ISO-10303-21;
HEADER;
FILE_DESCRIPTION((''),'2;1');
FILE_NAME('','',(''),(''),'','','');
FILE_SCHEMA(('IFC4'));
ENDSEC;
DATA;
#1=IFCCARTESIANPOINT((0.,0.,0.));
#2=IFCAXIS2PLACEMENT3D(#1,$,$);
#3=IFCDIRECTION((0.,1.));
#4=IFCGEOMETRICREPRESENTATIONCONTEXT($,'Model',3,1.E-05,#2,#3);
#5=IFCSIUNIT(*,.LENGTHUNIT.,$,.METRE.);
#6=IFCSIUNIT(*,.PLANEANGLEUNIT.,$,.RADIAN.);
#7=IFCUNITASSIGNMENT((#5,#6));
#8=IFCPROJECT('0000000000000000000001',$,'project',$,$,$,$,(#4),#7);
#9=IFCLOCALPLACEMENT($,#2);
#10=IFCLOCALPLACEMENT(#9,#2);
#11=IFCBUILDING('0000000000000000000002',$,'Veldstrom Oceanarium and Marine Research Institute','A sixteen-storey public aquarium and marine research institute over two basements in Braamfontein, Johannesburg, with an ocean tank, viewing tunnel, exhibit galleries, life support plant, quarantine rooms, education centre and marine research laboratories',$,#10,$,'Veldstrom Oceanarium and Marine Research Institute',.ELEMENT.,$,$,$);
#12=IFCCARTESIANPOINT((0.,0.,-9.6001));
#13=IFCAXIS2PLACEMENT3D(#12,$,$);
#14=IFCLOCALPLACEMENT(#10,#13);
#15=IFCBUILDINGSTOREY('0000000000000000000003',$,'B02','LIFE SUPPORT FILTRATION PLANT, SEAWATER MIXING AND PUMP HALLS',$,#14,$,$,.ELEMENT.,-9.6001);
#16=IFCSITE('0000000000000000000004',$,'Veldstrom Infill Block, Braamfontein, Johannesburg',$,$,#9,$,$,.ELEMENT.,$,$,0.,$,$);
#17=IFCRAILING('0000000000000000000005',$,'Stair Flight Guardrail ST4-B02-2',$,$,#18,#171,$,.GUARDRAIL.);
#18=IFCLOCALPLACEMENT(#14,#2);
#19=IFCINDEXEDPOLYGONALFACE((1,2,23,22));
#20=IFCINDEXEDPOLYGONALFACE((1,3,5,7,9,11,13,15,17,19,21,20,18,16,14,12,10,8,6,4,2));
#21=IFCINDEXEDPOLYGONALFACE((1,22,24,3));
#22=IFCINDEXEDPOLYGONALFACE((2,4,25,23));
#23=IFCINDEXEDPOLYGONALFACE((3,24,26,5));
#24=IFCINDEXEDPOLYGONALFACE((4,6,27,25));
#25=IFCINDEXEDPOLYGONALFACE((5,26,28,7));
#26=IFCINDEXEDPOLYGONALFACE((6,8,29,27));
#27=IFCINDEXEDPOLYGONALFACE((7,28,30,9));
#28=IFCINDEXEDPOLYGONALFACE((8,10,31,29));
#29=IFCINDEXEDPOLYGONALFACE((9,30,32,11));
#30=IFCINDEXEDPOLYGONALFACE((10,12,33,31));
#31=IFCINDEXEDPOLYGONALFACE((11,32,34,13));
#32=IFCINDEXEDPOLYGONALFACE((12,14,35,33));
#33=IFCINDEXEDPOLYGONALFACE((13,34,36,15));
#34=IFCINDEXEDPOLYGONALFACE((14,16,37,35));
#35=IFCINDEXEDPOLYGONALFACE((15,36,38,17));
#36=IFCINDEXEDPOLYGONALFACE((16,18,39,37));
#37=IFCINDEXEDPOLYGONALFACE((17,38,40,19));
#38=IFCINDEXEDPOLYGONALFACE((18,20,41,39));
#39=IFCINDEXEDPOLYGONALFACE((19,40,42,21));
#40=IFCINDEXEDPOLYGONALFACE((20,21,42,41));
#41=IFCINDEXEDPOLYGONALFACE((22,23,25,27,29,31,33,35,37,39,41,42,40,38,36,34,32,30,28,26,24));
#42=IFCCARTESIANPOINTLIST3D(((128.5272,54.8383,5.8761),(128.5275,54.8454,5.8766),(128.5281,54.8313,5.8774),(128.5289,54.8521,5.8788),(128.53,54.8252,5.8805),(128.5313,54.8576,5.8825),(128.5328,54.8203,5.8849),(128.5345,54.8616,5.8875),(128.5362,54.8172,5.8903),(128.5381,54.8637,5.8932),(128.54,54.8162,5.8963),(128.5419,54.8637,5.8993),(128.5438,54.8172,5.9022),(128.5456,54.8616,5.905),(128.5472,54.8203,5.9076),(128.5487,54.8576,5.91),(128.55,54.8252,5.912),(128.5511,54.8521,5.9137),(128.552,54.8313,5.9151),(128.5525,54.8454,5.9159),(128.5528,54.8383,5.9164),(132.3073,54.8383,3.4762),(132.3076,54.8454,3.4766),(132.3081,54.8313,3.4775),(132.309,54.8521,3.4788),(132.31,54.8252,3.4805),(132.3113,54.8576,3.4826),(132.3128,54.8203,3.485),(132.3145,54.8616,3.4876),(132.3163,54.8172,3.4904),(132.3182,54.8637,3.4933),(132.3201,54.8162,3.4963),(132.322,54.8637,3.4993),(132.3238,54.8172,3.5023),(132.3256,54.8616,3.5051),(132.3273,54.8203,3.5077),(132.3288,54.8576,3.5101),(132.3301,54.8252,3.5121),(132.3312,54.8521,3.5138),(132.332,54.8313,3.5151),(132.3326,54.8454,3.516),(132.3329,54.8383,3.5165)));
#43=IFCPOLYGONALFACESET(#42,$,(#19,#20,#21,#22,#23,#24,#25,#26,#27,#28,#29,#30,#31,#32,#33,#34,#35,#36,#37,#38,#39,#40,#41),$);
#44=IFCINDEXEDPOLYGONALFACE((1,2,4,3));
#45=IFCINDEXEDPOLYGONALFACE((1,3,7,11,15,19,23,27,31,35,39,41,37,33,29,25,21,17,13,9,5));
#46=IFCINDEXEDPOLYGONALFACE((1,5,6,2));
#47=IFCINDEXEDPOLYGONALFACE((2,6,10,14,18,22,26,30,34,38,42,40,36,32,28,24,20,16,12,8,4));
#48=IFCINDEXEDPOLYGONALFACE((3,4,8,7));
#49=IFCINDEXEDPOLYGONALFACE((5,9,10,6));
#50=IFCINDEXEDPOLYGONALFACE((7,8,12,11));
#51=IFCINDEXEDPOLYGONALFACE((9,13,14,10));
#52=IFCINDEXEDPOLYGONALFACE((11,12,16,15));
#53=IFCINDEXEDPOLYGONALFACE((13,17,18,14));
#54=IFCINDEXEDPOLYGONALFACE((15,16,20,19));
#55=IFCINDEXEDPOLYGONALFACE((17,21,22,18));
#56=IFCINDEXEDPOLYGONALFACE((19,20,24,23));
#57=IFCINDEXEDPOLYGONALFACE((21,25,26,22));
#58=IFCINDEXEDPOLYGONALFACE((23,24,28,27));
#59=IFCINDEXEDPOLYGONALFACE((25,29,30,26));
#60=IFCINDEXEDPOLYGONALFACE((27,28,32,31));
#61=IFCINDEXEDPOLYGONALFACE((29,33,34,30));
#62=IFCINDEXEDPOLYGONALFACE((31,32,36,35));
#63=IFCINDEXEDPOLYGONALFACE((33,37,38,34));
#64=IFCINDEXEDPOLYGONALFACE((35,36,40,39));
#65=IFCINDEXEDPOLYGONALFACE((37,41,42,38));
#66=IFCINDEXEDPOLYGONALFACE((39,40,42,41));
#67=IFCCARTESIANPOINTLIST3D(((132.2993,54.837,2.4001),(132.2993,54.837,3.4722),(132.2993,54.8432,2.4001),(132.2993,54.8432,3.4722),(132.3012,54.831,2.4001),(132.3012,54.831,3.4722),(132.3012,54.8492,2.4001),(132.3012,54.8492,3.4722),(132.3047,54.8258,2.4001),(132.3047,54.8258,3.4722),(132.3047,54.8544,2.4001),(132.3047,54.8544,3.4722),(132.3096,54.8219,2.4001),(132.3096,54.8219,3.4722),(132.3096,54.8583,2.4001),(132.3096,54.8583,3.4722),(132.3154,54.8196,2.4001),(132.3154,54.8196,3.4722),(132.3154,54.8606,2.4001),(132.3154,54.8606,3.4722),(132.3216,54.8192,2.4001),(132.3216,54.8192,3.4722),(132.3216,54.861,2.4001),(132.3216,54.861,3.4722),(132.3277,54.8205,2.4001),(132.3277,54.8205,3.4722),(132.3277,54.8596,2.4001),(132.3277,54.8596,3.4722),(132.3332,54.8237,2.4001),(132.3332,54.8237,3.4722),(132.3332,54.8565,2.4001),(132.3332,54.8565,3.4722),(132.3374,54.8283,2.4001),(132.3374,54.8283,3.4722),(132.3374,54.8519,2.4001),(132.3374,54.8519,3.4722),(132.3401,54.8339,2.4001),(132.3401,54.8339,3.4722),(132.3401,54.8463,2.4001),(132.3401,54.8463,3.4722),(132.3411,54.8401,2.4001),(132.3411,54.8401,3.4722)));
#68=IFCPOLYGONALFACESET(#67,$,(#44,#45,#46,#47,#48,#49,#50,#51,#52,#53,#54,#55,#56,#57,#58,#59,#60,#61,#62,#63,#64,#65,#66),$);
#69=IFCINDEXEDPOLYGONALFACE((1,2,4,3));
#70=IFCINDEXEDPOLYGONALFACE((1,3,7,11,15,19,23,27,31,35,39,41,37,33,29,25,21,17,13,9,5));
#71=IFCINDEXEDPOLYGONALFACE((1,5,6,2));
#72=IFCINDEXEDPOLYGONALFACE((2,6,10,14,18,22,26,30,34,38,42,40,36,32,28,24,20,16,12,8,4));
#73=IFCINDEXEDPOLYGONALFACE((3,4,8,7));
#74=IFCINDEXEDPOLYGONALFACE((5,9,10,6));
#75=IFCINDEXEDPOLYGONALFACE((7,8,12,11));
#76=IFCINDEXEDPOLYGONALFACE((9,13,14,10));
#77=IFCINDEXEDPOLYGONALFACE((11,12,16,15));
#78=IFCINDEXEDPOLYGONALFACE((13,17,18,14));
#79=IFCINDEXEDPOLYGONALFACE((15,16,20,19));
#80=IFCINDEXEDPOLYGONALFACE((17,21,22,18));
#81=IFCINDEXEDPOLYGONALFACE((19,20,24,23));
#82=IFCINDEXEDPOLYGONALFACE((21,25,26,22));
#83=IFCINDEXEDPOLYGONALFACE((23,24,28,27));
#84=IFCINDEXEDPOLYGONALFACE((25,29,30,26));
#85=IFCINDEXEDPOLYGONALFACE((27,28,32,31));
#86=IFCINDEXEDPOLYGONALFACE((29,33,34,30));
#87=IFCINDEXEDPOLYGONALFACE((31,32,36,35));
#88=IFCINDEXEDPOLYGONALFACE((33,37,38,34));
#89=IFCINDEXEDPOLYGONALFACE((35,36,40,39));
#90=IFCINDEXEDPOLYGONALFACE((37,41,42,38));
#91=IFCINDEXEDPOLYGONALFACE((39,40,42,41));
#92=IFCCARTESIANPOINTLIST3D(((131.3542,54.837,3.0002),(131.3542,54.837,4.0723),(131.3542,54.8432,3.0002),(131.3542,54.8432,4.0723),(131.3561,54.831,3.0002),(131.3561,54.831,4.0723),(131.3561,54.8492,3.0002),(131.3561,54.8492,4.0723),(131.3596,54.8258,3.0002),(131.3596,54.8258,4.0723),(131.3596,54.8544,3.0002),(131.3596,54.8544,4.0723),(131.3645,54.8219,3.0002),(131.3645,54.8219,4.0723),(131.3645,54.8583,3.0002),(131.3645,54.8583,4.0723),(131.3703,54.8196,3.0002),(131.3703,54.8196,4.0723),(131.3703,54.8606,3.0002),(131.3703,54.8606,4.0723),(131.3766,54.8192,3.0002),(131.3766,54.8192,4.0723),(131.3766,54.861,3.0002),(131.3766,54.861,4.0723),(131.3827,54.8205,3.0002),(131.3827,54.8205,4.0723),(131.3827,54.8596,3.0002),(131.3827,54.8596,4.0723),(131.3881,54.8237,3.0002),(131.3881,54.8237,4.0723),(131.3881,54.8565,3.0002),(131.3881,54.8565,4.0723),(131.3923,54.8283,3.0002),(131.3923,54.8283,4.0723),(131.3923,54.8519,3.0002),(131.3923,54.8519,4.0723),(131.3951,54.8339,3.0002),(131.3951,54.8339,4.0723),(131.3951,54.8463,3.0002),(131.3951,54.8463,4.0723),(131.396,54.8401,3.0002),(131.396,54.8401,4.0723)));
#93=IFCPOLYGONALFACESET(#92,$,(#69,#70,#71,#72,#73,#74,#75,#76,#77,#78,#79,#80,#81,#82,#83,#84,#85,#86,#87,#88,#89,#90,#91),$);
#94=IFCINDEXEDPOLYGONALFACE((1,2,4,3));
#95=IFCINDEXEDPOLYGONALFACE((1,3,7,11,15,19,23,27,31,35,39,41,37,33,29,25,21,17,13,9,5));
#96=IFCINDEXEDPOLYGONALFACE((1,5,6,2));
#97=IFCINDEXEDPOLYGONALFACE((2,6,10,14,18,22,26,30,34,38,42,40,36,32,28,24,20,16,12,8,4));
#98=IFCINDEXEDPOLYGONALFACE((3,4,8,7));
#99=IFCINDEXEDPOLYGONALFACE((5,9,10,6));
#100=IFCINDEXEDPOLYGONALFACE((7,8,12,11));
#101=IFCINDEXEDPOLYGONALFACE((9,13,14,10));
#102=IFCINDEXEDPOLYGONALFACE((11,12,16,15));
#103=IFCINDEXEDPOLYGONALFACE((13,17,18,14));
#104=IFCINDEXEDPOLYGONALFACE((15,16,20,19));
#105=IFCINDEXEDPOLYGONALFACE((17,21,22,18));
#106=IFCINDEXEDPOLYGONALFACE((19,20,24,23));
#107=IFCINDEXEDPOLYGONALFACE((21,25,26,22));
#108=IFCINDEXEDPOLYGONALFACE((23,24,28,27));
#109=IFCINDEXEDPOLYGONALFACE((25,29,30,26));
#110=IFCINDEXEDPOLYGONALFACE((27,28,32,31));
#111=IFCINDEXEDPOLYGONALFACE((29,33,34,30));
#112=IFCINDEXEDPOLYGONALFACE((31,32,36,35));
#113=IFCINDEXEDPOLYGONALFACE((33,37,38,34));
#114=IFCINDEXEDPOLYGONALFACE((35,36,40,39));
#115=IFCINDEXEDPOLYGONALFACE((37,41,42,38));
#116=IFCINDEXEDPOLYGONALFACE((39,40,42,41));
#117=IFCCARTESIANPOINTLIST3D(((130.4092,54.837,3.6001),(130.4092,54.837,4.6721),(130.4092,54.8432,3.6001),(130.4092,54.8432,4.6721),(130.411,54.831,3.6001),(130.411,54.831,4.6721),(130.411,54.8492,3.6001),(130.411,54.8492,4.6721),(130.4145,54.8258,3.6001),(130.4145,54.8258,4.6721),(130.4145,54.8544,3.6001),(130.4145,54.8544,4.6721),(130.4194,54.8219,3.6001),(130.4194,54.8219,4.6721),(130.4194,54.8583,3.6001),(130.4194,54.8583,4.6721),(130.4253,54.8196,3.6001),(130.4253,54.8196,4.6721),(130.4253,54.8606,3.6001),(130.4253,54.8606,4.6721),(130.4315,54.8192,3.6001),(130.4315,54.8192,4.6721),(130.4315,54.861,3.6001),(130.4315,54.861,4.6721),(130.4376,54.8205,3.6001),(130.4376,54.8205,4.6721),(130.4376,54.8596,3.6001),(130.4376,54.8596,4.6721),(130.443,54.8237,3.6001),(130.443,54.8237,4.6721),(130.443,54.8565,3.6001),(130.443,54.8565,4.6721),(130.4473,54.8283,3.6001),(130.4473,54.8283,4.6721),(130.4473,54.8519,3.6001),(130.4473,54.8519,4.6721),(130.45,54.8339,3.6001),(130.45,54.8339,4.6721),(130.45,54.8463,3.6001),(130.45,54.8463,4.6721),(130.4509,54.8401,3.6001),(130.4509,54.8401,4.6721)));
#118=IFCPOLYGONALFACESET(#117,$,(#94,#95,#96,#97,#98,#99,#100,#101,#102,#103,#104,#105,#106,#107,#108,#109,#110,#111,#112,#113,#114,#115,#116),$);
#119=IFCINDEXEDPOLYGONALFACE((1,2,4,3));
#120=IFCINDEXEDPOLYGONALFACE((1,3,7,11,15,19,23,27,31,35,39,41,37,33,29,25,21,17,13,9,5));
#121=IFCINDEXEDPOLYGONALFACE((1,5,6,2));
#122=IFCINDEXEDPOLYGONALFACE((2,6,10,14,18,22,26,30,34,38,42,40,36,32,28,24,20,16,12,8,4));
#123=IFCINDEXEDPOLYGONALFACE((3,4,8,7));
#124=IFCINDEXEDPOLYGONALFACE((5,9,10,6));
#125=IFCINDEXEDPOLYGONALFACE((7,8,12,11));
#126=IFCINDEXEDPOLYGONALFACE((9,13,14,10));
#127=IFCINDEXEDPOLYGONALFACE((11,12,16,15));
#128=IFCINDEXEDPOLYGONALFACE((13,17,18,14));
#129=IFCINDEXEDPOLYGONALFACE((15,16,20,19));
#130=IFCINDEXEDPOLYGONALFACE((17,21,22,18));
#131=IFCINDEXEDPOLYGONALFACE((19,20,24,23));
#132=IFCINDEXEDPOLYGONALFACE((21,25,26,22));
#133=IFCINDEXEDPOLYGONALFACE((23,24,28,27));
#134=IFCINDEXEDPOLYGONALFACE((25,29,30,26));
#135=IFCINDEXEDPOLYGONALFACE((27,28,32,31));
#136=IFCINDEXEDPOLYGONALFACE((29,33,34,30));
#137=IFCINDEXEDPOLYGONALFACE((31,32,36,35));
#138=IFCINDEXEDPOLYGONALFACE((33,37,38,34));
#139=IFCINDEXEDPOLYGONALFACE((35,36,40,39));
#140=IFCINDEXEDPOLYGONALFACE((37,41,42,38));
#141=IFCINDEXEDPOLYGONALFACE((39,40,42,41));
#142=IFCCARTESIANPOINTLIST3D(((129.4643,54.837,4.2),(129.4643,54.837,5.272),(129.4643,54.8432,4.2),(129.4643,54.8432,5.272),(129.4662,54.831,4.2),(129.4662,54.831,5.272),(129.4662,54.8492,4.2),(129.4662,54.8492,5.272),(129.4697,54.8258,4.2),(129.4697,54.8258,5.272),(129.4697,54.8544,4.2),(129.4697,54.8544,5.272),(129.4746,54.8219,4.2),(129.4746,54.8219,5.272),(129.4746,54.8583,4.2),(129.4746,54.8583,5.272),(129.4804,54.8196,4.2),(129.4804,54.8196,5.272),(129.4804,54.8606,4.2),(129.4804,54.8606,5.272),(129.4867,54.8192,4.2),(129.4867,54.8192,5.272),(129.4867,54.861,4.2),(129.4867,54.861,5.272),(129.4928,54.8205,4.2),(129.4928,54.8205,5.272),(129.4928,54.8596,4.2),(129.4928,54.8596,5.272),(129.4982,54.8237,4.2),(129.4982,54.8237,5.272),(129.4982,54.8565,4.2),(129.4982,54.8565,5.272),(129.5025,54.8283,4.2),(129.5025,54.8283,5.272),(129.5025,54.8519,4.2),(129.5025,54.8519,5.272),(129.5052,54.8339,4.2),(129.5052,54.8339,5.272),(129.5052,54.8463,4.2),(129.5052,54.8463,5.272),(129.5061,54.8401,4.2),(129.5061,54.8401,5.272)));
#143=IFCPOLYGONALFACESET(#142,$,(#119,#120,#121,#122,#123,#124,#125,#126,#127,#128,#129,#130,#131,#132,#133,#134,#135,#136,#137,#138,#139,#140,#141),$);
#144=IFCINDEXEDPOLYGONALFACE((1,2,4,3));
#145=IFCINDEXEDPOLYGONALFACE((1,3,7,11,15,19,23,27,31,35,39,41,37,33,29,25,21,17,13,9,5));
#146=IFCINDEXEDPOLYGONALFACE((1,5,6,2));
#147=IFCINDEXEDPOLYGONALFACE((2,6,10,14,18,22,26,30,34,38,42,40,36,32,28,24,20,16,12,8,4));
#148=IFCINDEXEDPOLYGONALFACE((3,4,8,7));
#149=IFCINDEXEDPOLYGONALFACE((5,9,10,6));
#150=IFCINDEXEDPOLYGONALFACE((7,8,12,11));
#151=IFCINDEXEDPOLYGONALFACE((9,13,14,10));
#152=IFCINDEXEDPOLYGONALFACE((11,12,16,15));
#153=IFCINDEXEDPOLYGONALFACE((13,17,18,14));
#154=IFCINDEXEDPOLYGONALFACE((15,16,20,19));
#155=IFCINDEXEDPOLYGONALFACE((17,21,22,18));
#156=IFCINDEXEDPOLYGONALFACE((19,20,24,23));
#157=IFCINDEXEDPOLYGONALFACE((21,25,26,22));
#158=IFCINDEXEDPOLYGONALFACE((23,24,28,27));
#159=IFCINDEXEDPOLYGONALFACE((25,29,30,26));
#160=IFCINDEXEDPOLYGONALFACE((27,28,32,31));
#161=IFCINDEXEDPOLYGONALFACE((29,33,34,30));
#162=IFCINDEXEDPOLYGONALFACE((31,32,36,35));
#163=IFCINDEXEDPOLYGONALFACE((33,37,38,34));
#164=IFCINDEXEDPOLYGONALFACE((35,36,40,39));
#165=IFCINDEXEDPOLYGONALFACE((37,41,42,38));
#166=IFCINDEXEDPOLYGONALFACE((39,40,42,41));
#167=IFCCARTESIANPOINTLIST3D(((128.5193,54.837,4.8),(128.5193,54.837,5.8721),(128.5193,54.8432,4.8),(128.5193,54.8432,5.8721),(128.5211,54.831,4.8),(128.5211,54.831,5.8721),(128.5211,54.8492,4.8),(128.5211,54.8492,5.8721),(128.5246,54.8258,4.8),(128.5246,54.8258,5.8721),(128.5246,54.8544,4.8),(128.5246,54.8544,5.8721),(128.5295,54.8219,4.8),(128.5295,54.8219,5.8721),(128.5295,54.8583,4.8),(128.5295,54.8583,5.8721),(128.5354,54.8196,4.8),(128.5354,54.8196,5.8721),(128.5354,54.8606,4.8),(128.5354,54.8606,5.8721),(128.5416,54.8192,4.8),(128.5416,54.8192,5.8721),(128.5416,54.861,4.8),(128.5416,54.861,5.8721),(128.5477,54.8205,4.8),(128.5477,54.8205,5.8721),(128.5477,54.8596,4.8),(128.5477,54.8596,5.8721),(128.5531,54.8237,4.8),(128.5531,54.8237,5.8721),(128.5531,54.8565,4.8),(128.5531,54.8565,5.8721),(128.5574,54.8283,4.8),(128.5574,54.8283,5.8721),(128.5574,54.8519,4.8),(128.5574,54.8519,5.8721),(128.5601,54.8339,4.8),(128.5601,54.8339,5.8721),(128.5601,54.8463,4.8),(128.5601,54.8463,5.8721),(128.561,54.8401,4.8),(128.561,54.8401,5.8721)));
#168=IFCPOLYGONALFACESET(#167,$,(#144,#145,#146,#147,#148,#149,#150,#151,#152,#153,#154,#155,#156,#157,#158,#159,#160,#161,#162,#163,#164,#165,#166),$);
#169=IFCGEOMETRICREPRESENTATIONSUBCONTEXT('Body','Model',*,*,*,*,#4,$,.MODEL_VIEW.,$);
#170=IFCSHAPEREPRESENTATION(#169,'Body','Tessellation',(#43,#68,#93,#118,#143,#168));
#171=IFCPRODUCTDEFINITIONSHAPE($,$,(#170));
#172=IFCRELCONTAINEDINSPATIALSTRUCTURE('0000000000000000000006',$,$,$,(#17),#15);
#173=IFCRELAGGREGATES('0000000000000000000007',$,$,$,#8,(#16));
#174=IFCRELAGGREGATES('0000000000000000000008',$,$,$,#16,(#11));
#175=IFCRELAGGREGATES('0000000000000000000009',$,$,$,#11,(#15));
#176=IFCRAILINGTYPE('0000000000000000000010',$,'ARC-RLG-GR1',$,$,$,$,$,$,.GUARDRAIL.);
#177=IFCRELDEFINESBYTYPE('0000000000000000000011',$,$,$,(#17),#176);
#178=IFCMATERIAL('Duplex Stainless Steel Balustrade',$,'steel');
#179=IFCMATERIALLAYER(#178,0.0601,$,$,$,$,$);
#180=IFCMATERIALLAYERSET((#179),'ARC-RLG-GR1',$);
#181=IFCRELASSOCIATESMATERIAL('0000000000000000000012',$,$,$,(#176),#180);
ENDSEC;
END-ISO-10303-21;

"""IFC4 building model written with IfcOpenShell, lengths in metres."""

from ifc_helpers import new_model, si_unit, direction, frame, origin, origin_2d, place, context, subcontext, project, spatial, circle, extrude, material, layer, layer_set, type_object, element, save


model = new_model("IFC4")

# Units and contexts
model_context = context("Model", 3, precision=1e-05, world=origin(), true_north=direction((0.0, 1.0)))
body_context = subcontext(model_context, "Body", "Model", "MODEL_VIEW")
ifc_project = project(units=[si_unit("LENGTHUNIT", "METRE"), si_unit("PLANEANGLEUNIT", "RADIAN")], contexts=[model_context])

# Site, building, storey
site_placement = place(None, origin())
site = spatial("IfcSite", under=ifc_project, at=site_placement, Name="Veldstrom Infill Block, Braamfontein, Johannesburg", CompositionType="ELEMENT", RefElevation=0.0)
building_placement = place(site_placement, origin())
building = spatial("IfcBuilding", under=site, at=building_placement, Name="Veldstrom Oceanarium and Marine Research Institute", Description="A sixteen-storey public aquarium and marine research institute over two basements in Braamfontein, Johannesburg, with an ocean tank, viewing tunnel, exhibit galleries, life support plant, quarantine rooms, education centre and marine research laboratories", LongName="Veldstrom Oceanarium and Marine Research Institute", CompositionType="ELEMENT")
storey_placement = place(building_placement, frame((0.0, 0.0, -9.6001)))
storey = spatial("IfcBuildingStorey", under=building, at=storey_placement, Name="B02", Description="LIFE SUPPORT FILTRATION PLANT, SEAWATER MIXING AND PUMP HALLS", CompositionType="ELEMENT", Elevation=-9.6001)

# Railing
ifc_material_1 = material(Name="Duplex Stainless Steel Balustrade", Category="steel")
ifc_layer_1 = layer(ifc_material_1, 0.0601)
ifc_layer_set_1 = layer_set([ifc_layer_1], Name="ARC-RLG-GR1")
railing_type_1 = type_object("IfcRailingType", Name="ARC-RLG-GR1", PredefinedType="GUARDRAIL", material=ifc_layer_set_1)
railing_1_placement = place(storey_placement, frame((132.3201, 54.8401, 2.4001)))
element("IfcRailing", 1, at=railing_1_placement, inside=storey, type_object=railing_type_1, Name="Stair Flight Guardrail ST4-B02-2", PredefinedType="GUARDRAIL", context=body_context, shape_type="SweptSolid", body=[
    extrude(circle(Radius=0.0239, at=origin_2d()), frame((0.0, 0.0, 1.0962), z_axis=(-0.844225, 0.0, 0.53599), x_axis=(0.0, -1.0, 0.0)), (0.0, 0.0, 1.0), 4.4775),
    extrude(circle(Radius=0.021, at=origin_2d()), origin(), (0.0, 0.0, 1.0), 1.072),
    extrude(circle(Radius=0.021, at=origin_2d()), frame((-0.9451, 0.0, 0.6001)), (0.0, 0.0, 1.0), 1.072),
    extrude(circle(Radius=0.021, at=origin_2d()), frame((-1.8901, 0.0, 1.2)), (0.0, 0.0, 1.0), 1.072),
    extrude(circle(Radius=0.021, at=origin_2d()), frame((-2.835, 0.0, 1.7998)), (0.0, 0.0, 1.0), 1.072),
    extrude(circle(Radius=0.021, at=origin_2d()), frame((-3.78, 0.0, 2.3999)), (0.0, 0.0, 1.0), 1.072),
])

save(model, "model.ifc")
